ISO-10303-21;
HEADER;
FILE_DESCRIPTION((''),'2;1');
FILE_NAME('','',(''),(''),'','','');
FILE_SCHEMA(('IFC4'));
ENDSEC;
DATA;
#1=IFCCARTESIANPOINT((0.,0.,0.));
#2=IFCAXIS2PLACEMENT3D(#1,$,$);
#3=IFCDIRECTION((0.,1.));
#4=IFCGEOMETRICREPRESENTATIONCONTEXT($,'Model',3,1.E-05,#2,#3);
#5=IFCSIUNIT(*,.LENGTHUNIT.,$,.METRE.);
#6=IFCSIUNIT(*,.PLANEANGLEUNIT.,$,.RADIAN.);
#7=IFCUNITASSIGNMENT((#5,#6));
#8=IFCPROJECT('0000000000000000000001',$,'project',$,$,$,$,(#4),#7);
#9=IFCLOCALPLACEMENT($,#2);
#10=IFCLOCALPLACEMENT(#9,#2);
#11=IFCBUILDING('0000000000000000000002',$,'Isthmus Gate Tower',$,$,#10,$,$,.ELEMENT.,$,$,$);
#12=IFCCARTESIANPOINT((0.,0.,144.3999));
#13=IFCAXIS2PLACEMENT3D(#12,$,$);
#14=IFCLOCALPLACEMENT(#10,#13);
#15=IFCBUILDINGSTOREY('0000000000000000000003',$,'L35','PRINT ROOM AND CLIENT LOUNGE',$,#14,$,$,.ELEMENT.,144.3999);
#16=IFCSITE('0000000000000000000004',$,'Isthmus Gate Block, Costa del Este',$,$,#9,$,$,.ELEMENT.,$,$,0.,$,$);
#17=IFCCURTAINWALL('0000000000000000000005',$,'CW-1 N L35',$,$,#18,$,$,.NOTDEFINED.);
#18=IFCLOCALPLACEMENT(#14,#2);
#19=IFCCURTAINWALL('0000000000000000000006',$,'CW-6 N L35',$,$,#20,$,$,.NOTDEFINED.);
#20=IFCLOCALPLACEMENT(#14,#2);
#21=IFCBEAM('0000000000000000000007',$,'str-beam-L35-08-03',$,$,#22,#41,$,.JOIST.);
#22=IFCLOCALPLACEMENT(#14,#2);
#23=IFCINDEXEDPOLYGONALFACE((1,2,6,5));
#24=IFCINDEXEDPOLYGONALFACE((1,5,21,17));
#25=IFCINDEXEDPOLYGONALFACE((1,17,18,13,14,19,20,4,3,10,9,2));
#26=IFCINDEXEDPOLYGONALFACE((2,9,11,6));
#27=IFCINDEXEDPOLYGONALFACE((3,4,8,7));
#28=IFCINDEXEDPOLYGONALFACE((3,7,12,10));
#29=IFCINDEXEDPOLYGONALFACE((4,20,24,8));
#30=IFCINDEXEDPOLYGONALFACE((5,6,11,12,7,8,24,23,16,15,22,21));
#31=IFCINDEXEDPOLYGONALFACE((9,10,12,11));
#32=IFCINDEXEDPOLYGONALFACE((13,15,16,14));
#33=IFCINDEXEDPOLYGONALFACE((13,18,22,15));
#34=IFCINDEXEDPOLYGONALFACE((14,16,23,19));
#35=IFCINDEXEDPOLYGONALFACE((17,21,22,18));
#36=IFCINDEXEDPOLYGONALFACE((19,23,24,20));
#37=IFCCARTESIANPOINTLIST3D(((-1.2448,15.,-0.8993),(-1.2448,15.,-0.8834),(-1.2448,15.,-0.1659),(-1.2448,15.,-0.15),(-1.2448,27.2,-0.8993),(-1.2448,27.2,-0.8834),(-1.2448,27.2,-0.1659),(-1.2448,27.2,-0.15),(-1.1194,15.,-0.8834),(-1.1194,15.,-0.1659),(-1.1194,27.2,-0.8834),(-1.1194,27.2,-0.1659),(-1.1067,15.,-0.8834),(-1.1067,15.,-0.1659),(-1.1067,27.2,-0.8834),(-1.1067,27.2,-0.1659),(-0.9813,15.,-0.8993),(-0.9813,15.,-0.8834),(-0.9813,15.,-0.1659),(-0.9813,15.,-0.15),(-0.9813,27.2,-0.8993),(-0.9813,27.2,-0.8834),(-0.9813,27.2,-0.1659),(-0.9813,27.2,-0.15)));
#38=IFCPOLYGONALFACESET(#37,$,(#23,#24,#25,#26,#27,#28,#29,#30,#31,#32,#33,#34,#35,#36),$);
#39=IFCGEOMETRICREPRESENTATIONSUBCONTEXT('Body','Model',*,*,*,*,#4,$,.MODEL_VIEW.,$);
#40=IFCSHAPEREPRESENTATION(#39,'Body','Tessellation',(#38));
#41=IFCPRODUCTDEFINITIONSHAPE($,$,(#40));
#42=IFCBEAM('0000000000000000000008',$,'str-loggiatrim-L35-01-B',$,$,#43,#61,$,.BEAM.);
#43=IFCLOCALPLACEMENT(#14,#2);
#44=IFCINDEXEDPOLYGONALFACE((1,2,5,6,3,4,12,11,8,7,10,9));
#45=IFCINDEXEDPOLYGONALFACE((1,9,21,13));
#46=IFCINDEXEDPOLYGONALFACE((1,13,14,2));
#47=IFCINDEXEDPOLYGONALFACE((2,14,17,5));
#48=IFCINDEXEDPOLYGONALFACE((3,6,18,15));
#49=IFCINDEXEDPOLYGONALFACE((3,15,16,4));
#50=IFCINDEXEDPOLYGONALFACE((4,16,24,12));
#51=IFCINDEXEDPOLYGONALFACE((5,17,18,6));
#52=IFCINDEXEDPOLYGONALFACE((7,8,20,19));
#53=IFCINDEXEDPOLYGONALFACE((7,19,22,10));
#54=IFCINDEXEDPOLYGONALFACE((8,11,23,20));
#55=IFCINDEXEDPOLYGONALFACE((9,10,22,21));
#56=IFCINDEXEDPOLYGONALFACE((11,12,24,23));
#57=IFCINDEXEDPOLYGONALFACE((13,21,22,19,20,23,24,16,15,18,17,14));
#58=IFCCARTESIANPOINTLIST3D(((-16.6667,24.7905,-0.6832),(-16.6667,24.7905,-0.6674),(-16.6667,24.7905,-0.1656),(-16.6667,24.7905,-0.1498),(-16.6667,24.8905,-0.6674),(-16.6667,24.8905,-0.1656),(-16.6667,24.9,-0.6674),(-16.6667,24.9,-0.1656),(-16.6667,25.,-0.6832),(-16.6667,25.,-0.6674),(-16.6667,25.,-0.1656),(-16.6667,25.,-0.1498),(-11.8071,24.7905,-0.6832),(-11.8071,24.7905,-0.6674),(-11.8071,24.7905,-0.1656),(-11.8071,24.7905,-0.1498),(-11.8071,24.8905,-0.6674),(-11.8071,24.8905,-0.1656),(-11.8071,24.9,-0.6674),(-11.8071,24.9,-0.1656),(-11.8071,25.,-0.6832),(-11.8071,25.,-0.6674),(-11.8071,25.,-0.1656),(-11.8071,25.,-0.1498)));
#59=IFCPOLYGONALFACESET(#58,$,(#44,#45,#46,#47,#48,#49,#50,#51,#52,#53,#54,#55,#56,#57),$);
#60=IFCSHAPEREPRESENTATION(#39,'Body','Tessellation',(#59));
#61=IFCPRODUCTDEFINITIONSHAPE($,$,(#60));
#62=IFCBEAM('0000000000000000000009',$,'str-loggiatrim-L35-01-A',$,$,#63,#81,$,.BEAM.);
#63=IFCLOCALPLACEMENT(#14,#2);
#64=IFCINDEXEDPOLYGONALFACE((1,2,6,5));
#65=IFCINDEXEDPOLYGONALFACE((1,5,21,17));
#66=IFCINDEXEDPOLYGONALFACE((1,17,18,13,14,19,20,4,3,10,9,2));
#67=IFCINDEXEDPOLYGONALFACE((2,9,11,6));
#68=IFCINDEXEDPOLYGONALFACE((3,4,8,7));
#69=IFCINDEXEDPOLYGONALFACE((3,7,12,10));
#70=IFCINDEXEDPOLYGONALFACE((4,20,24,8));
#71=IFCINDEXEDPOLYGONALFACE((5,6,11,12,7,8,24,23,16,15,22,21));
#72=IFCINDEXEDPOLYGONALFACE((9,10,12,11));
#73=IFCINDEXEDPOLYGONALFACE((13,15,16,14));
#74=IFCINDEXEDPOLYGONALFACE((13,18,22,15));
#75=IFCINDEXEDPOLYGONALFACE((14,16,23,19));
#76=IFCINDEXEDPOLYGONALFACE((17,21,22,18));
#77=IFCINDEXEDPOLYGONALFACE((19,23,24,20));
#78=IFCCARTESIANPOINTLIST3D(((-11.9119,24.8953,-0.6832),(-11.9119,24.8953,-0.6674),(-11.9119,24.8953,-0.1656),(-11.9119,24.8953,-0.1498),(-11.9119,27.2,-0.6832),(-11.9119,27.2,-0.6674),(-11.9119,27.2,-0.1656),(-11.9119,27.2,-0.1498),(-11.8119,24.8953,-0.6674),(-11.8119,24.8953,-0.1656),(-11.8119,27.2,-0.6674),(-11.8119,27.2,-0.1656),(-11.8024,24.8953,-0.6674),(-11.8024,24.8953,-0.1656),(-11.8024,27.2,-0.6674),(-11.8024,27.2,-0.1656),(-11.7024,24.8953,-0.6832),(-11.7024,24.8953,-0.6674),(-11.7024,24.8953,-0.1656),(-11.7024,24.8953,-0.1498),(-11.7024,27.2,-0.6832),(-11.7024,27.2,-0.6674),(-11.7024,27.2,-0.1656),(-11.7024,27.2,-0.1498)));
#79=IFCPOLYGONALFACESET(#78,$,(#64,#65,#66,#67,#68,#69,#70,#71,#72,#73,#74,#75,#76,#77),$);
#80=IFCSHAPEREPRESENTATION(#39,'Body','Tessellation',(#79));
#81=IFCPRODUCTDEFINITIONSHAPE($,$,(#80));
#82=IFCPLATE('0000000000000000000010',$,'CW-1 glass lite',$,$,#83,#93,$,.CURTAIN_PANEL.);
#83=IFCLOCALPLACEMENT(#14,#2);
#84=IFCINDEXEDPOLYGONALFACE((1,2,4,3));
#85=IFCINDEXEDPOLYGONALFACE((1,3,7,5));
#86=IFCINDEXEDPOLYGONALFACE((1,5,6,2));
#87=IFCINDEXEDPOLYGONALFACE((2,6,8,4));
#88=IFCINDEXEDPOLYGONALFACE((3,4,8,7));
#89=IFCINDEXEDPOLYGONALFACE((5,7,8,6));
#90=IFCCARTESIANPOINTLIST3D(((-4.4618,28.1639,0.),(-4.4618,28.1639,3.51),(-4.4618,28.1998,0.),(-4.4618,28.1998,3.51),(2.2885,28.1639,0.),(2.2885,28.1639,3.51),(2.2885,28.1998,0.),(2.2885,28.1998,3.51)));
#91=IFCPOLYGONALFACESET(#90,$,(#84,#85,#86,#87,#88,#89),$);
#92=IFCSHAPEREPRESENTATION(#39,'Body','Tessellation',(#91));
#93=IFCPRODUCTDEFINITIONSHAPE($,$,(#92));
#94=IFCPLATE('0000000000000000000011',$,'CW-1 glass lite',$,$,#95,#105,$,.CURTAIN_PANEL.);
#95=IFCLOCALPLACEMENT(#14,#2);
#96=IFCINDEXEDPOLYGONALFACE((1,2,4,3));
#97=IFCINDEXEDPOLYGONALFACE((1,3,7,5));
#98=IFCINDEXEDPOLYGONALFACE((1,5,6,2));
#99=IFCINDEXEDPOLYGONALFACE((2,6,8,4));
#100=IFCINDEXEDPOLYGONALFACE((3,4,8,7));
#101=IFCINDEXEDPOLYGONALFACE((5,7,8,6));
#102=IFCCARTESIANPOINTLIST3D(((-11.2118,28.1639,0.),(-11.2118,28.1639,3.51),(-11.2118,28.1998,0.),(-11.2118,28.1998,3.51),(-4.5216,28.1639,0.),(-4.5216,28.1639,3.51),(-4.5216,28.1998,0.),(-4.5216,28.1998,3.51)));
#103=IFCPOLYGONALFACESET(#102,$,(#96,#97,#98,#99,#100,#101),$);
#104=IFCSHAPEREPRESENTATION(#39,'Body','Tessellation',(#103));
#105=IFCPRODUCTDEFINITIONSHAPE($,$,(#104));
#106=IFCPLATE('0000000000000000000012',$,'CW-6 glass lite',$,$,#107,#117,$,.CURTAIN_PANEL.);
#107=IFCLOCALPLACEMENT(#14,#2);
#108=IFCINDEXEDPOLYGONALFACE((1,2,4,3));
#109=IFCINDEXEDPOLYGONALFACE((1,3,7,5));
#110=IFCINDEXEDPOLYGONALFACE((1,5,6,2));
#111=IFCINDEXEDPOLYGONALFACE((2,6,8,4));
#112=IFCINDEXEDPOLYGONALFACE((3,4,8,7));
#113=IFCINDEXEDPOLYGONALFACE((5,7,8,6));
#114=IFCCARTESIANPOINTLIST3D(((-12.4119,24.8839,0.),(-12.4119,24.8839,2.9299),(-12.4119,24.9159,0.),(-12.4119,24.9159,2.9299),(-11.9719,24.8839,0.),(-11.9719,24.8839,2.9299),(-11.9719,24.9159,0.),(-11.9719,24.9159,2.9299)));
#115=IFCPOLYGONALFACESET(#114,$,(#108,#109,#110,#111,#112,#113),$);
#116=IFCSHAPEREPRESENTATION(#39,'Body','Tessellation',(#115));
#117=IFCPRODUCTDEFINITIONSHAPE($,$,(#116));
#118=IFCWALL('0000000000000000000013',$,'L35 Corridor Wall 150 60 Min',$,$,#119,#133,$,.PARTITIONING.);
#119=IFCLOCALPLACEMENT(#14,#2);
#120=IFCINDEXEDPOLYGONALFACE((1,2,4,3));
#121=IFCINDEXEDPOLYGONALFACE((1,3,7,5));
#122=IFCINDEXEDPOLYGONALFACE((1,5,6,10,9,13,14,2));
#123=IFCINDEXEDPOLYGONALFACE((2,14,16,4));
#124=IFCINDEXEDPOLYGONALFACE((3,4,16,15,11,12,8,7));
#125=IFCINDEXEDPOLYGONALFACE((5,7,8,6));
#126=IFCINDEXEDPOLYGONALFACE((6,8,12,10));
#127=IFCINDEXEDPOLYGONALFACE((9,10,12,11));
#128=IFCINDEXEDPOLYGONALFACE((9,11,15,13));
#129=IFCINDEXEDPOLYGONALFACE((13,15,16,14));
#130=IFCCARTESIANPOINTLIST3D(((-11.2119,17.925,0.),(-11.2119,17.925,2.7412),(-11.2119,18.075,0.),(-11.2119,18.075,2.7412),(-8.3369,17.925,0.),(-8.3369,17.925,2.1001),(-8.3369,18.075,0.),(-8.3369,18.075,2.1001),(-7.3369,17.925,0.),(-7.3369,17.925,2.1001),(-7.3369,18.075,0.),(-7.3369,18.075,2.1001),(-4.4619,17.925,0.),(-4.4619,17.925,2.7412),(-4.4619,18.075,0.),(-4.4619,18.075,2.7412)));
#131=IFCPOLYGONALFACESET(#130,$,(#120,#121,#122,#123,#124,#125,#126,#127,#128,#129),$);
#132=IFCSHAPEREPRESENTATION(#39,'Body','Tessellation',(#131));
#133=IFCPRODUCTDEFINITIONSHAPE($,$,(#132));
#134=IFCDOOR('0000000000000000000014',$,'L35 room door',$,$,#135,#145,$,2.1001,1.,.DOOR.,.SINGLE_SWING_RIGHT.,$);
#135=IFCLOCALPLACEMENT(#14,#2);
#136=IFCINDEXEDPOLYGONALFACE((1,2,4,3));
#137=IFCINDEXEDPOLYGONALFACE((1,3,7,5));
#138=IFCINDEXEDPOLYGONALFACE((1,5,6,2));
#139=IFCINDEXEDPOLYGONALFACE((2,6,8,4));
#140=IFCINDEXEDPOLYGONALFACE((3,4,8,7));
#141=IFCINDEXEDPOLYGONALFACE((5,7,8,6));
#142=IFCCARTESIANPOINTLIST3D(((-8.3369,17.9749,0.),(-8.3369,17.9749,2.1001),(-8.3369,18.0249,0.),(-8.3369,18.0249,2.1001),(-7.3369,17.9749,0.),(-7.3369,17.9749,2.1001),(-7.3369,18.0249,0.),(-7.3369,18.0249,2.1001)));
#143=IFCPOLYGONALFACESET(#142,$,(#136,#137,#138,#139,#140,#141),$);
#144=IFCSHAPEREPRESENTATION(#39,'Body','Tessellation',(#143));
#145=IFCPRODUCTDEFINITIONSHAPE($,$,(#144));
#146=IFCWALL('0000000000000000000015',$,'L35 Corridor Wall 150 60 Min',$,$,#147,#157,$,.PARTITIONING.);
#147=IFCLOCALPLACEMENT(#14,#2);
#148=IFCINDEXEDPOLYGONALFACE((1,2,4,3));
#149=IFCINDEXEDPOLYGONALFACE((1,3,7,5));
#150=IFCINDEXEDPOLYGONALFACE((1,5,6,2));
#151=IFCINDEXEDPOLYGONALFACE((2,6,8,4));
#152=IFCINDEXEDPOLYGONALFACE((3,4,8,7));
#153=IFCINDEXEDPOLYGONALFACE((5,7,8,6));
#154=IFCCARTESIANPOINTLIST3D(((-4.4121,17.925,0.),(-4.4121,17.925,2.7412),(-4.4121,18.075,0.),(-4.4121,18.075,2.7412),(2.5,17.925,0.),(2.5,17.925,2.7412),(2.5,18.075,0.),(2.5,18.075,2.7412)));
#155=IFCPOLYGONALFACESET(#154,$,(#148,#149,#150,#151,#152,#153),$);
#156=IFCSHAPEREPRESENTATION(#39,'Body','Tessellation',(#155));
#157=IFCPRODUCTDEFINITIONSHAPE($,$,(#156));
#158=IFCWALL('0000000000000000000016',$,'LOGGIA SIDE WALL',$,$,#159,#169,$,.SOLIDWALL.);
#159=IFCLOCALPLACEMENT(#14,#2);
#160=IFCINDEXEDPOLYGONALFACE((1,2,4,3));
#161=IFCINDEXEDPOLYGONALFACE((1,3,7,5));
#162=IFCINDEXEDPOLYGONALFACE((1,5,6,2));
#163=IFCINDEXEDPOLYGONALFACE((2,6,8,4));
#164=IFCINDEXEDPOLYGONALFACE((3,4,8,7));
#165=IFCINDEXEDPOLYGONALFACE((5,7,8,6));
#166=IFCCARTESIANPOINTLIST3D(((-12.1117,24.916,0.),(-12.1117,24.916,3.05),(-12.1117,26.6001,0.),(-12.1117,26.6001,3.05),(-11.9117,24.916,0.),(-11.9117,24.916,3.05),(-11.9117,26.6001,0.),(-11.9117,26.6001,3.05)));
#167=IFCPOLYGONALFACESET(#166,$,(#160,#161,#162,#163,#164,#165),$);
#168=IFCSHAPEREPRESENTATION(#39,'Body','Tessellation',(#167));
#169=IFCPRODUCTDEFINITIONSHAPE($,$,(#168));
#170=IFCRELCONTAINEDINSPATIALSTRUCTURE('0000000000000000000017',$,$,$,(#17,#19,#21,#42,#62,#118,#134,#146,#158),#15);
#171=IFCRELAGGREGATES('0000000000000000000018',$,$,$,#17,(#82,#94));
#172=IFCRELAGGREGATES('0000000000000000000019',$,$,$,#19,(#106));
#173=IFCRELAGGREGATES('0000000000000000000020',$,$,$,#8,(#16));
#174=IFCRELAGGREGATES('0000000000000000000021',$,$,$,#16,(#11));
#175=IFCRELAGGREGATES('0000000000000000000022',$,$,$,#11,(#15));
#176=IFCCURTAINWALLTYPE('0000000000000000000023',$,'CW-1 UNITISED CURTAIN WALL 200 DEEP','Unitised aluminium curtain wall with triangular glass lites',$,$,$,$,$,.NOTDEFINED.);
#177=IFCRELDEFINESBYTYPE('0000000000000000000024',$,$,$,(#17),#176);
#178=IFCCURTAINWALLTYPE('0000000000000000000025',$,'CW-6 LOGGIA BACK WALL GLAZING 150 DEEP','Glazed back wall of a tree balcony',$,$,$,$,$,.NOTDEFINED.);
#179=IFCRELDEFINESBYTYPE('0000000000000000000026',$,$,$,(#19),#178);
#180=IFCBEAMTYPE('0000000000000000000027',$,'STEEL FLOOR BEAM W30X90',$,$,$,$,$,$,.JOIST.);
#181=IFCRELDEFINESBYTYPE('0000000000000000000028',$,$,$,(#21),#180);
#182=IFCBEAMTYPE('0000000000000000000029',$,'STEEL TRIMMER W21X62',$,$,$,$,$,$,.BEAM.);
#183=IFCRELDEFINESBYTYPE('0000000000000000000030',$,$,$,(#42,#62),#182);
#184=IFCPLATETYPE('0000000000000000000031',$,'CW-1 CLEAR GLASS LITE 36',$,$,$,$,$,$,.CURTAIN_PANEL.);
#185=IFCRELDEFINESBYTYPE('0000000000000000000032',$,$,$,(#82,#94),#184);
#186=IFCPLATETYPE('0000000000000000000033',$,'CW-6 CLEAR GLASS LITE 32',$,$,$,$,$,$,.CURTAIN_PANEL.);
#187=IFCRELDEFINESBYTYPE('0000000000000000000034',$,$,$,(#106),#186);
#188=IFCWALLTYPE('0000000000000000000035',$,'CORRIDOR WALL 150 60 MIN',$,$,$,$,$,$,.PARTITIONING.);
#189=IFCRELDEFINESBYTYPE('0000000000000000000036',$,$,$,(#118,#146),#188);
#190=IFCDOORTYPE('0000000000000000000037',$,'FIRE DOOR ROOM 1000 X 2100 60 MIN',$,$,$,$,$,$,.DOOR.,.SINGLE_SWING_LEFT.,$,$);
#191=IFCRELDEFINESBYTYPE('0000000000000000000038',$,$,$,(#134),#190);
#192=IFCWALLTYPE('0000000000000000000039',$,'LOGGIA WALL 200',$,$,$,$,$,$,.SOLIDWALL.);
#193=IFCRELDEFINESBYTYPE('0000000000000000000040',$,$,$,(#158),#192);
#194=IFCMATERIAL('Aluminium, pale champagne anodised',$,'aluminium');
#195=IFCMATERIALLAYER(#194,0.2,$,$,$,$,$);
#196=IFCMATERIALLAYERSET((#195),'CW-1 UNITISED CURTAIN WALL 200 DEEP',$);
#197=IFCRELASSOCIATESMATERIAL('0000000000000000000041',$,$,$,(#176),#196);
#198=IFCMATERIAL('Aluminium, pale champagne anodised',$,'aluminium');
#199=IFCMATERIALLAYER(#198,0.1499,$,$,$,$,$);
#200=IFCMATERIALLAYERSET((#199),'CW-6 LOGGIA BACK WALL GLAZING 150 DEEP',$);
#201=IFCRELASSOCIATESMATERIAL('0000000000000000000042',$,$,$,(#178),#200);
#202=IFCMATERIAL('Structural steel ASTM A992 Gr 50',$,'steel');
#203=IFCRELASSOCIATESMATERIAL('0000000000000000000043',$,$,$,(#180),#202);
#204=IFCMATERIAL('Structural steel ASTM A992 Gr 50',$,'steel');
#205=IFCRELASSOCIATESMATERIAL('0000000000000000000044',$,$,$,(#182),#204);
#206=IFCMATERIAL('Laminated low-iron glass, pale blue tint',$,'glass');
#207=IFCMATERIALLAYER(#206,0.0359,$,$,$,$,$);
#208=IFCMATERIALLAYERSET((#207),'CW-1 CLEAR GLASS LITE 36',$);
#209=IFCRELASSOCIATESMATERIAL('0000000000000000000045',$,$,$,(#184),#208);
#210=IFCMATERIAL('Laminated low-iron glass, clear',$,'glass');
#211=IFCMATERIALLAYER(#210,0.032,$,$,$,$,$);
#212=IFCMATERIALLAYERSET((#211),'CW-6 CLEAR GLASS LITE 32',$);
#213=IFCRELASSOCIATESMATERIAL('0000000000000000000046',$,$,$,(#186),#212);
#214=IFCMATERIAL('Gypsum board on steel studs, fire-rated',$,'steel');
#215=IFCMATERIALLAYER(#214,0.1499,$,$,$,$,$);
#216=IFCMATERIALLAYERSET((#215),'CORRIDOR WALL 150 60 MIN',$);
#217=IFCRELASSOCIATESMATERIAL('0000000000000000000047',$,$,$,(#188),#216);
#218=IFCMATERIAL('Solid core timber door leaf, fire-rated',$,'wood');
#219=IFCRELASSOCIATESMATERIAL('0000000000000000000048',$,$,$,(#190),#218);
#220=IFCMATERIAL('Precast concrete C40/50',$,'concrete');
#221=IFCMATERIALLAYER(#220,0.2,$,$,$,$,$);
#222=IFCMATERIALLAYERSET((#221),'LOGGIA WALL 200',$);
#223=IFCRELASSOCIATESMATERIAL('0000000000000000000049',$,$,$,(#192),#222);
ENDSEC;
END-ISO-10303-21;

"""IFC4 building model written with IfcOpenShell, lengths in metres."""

from ifc_helpers import new_model, si_unit, direction, frame, frame_2d, origin, origin_2d, place, context, subcontext, project, spatial, rectangle, i_section, extrude, material, layer, layer_set, material_profile, profile_set, type_object, element, fill, aggregate, save


model = new_model("IFC4")

# Units and contexts
model_context = context("Model", 3, precision=1e-05, world=origin(), true_north=direction((0.0, 1.0)))
body_context = subcontext(model_context, "Body", "Model", "MODEL_VIEW")
ifc_project = project(units=[si_unit("LENGTHUNIT", "METRE"), si_unit("PLANEANGLEUNIT", "RADIAN")], contexts=[model_context])

# Site, building, storey
site_placement = place(None, origin())
site = spatial("IfcSite", under=ifc_project, at=site_placement, Name="Isthmus Gate Block, Costa del Este", CompositionType="ELEMENT", RefElevation=0.0)
building_placement = place(site_placement, origin())
building = spatial("IfcBuilding", under=site, at=building_placement, Name="Isthmus Gate Tower", CompositionType="ELEMENT")
storey_placement = place(building_placement, frame((0.0, 0.0, 144.3999)))
storey = spatial("IfcBuildingStorey", under=building, at=storey_placement, Name="L35", Description="PRINT ROOM AND CLIENT LOUNGE", CompositionType="ELEMENT", Elevation=144.3999)

# Curtain walls
ifc_material_1 = material(Name="Aluminium, pale champagne anodised", Category="aluminium")
ifc_layer_1 = layer(ifc_material_1, 0.2)
ifc_layer_set_1 = layer_set([ifc_layer_1], Name="CW-1 UNITISED CURTAIN WALL 200 DEEP")
curtain_wall_type_1 = type_object("IfcCurtainWallType", Name="CW-1 UNITISED CURTAIN WALL 200 DEEP", Description="Unitised aluminium curtain wall with triangular glass lites", PredefinedType="NOTDEFINED", material=ifc_layer_set_1)
curtain_wall_1_placement = place(storey_placement, origin())
curtain_wall_1 = element("IfcCurtainWall", 1, at=curtain_wall_1_placement, inside=storey, type_object=curtain_wall_type_1, Name="CW-1 N L35", PredefinedType="NOTDEFINED")
ifc_material_2 = material(Name="Aluminium, pale champagne anodised", Category="aluminium")
ifc_layer_2 = layer(ifc_material_2, 0.1499)
ifc_layer_set_2 = layer_set([ifc_layer_2], Name="CW-6 LOGGIA BACK WALL GLAZING 150 DEEP")
curtain_wall_type_2 = type_object("IfcCurtainWallType", Name="CW-6 LOGGIA BACK WALL GLAZING 150 DEEP", Description="Glazed back wall of a tree balcony", PredefinedType="NOTDEFINED", material=ifc_layer_set_2)
curtain_wall_2_placement = place(storey_placement, origin())
curtain_wall_2 = element("IfcCurtainWall", 2, at=curtain_wall_2_placement, inside=storey, type_object=curtain_wall_type_2, Name="CW-6 N L35", PredefinedType="NOTDEFINED")

# Beams
ifc_material_3 = material(Name="Structural steel ASTM A992 Gr 50", Category="steel")
ifc_material_profile_1 = material_profile(ifc_material_3, i_section(OverallWidth=0.2634, OverallDepth=0.7493, WebThickness=0.0127, FlangeThickness=0.0159, at=origin_2d()), Name="W30X90")
ifc_profile_set_1 = profile_set([ifc_material_profile_1], Name="Structural steel ASTM A992 Gr 50")
beam_type_1 = type_object("IfcBeamType", Name="STEEL FLOOR BEAM W30X90", PredefinedType="JOIST", material=ifc_profile_set_1)
for number, where, z_axis, x_axis, name in (
    (3, (-1.113, 15.0, -0.5247), (0.0, 1.0, 0.0), (-1.0, 0.0, 0.0), "str-beam-L35-08-03"),
):
    element("IfcBeam", number, at=place(storey_placement, frame(where, z_axis=z_axis, x_axis=x_axis)), inside=storey, type_object=beam_type_1, Name=name, PredefinedType="JOIST", context=body_context, shape_type="SweptSolid", body=[
        extrude(i_section(OverallWidth=0.2634, OverallDepth=0.7493, WebThickness=0.0127, FlangeThickness=0.0159, at=origin_2d()), origin(), (0.0, 0.0, 1.0), 12.2),
    ])
ifc_material_4 = material(Name="Structural steel ASTM A992 Gr 50", Category="steel")
ifc_material_profile_2 = material_profile(ifc_material_4, i_section(OverallWidth=0.2095, OverallDepth=0.5334, WebThickness=0.0095, FlangeThickness=0.0159, at=origin_2d()), Name="W21X62")
ifc_profile_set_2 = profile_set([ifc_material_profile_2], Name="Structural steel ASTM A992 Gr 50")
beam_type_2 = type_object("IfcBeamType", Name="STEEL TRIMMER W21X62", PredefinedType="BEAM", material=ifc_profile_set_2)
beam_1_placement = place(storey_placement, frame((-11.8071, 24.8953, -0.4165), z_axis=(-1.0, 0.0, 0.0), x_axis=(0.0, -1.0, 0.0)))
element("IfcBeam", 4, at=beam_1_placement, inside=storey, type_object=beam_type_2, Name="str-loggiatrim-L35-01-B", PredefinedType="BEAM", context=body_context, shape_type="SweptSolid", body=[
    extrude(i_section(OverallWidth=0.2095, OverallDepth=0.5334, WebThickness=0.0095, FlangeThickness=0.0159, at=origin_2d()), origin(), (0.0, 0.0, 1.0), 4.8596),
])
beam_2_placement = place(storey_placement, frame((-11.8071, 27.2, -0.4165), z_axis=(0.0, -1.0, 0.0), x_axis=(1.0, 0.0, 0.0)))
element("IfcBeam", 5, at=beam_2_placement, inside=storey, type_object=beam_type_2, Name="str-loggiatrim-L35-01-A", PredefinedType="BEAM", context=body_context, shape_type="SweptSolid", body=[
    extrude(i_section(OverallWidth=0.2095, OverallDepth=0.5334, WebThickness=0.0095, FlangeThickness=0.0159, at=origin_2d()), origin(), (0.0, 0.0, 1.0), 2.3047),
])

# Plates
ifc_material_5 = material(Name="Laminated low-iron glass, pale blue tint", Category="glass")
ifc_layer_3 = layer(ifc_material_5, 0.0359)
ifc_layer_set_3 = layer_set([ifc_layer_3], Name="CW-1 CLEAR GLASS LITE 36")
plate_type_1 = type_object("IfcPlateType", Name="CW-1 CLEAR GLASS LITE 36", PredefinedType="CURTAIN_PANEL", material=ifc_layer_set_3)
plate_1_placement = place(storey_placement, frame((-1.0867, 28.1819, 0.0), z_axis=(0.0, 0.0, 1.0), x_axis=(-1.0, 0.0, 0.0)))
plate_1 = element("IfcPlate", 6, at=plate_1_placement, type_object=plate_type_1, Name="CW-1 glass lite", PredefinedType="CURTAIN_PANEL", context=body_context, shape_type="SweptSolid", body=[
    extrude(rectangle(XDim=6.7502, YDim=0.0359, at=origin_2d()), origin(), (0.0, 0.0, 1.0), 3.51),
])
plate_2_placement = place(storey_placement, frame((-7.8667, 28.1819, 0.0), z_axis=(0.0, 0.0, 1.0), x_axis=(-1.0, 0.0, 0.0)))
plate_2 = element("IfcPlate", 7, at=plate_2_placement, type_object=plate_type_1, Name="CW-1 glass lite", PredefinedType="CURTAIN_PANEL", context=body_context, shape_type="SweptSolid", body=[
    extrude(rectangle(XDim=6.6902, YDim=0.0359, at=origin_2d()), origin(), (0.0, 0.0, 1.0), 3.51),
])
aggregate(curtain_wall_1, [plate_1, plate_2])
ifc_material_6 = material(Name="Laminated low-iron glass, clear", Category="glass")
ifc_layer_4 = layer(ifc_material_6, 0.032)
ifc_layer_set_4 = layer_set([ifc_layer_4], Name="CW-6 CLEAR GLASS LITE 32")
plate_type_2 = type_object("IfcPlateType", Name="CW-6 CLEAR GLASS LITE 32", PredefinedType="CURTAIN_PANEL", material=ifc_layer_set_4)
plate_3_placement = place(storey_placement, frame((-12.1919, 24.8999, 0.0), z_axis=(0.0, 0.0, 1.0), x_axis=(-1.0, 0.0, 0.0)))
plate_3 = element("IfcPlate", 8, at=plate_3_placement, type_object=plate_type_2, Name="CW-6 glass lite", PredefinedType="CURTAIN_PANEL", context=body_context, shape_type="SweptSolid", body=[
    extrude(rectangle(XDim=0.4399, YDim=0.032, at=origin_2d()), origin(), (0.0, 0.0, 1.0), 2.9299),
])
aggregate(curtain_wall_2, [plate_3])

# Wall, opening, door
ifc_material_7 = material(Name="Gypsum board on steel studs, fire-rated", Category="steel")
ifc_layer_5 = layer(ifc_material_7, 0.1499)
ifc_layer_set_5 = layer_set([ifc_layer_5], Name="CORRIDOR WALL 150 60 MIN")
wall_type_1 = type_object("IfcWallType", Name="CORRIDOR WALL 150 60 MIN", PredefinedType="PARTITIONING", material=ifc_layer_set_5)
wall_1_placement = place(storey_placement, frame((-11.2119, 18.0, 0.0), z_axis=(0.0, 0.0, 1.0), x_axis=(1.0, 0.0, 0.0)))
wall_1 = element("IfcWall", 9, at=wall_1_placement, inside=storey, type_object=wall_type_1, Name="L35 Corridor Wall 150 60 Min", PredefinedType="PARTITIONING", context=body_context, shape_type="SweptSolid", body=[
    extrude(rectangle(XDim=6.75, YDim=0.1499, at=frame_2d((3.375, 0.0))), origin(), (0.0, 0.0, 1.0), 2.7412),
])
opening_1_placement = place(wall_1_placement, frame((2.875, 0.0, 0.0)))
opening_1 = element("IfcOpeningElement", 10, at=opening_1_placement, cuts=wall_1, PredefinedType="OPENING", context=body_context, shape_type="SweptSolid", body=[
    extrude(rectangle(XDim=1.0, YDim=2.1001, at=frame_2d((0.5, 1.05))), frame((0.0, 0.085, 0.0), z_axis=(0.0, -1.0, 0.0), x_axis=(1.0, 0.0, 0.0)), (0.0, 0.0, 1.0), 0.1699),
])
ifc_material_8 = material(Name="Solid core timber door leaf, fire-rated", Category="wood")
door_type_1 = type_object("IfcDoorType", Name="FIRE DOOR ROOM 1000 X 2100 60 MIN", OperationType="SINGLE_SWING_LEFT", PredefinedType="DOOR", material=ifc_material_8)
door_1_placement = place(opening_1_placement, origin())
door_1 = element("IfcDoor", 11, at=door_1_placement, inside=storey, type_object=door_type_1, Name="L35 room door", OperationType="SINGLE_SWING_RIGHT", OverallHeight=2.1001, OverallWidth=1.0, PredefinedType="DOOR", context=body_context, shape_type="SweptSolid", body=[
    extrude(rectangle(XDim=1.0, YDim=2.1001, at=frame_2d((0.5, 1.05))), frame((0.0, 0.0249, 0.0), z_axis=(0.0, -1.0, 0.0), x_axis=(1.0, 0.0, 0.0)), (0.0, 0.0, 1.0), 0.05),
])
fill(opening_1, door_1)

# Wall
wall_2_placement = place(storey_placement, frame((-4.4121, 18.0, 0.0), z_axis=(0.0, 0.0, 1.0), x_axis=(1.0, 0.0, 0.0)))
element("IfcWall", 12, at=wall_2_placement, inside=storey, type_object=wall_type_1, Name="L35 Corridor Wall 150 60 Min", PredefinedType="PARTITIONING", context=body_context, shape_type="SweptSolid", body=[
    extrude(rectangle(XDim=6.9121, YDim=0.1499, at=frame_2d((3.4561, 0.0))), origin(), (0.0, 0.0, 1.0), 2.7412),
])

# Shared definitions
ifc_material_9 = material(Name="Precast concrete C40/50", Category="concrete")
ifc_layer_6 = layer(ifc_material_9, 0.2)
ifc_layer_set_6 = layer_set([ifc_layer_6], Name="LOGGIA WALL 200")
wall_type_2 = type_object("IfcWallType", Name="LOGGIA WALL 200", PredefinedType="SOLIDWALL", material=ifc_layer_set_6)

# Wall
wall_3_placement = place(storey_placement, frame((-12.0117, 26.6001, 0.0), z_axis=(0.0, 0.0, 1.0), x_axis=(0.0, -1.0, 0.0)))
element("IfcWall", 13, at=wall_3_placement, inside=storey, type_object=wall_type_2, Name="LOGGIA SIDE WALL", PredefinedType="SOLIDWALL", context=body_context, shape_type="SweptSolid", body=[
    extrude(rectangle(XDim=1.6841, YDim=0.2, at=frame_2d((0.842, 0.0))), origin(), (0.0, 0.0, 1.0), 3.05),
])

save(model, "model.ifc")
